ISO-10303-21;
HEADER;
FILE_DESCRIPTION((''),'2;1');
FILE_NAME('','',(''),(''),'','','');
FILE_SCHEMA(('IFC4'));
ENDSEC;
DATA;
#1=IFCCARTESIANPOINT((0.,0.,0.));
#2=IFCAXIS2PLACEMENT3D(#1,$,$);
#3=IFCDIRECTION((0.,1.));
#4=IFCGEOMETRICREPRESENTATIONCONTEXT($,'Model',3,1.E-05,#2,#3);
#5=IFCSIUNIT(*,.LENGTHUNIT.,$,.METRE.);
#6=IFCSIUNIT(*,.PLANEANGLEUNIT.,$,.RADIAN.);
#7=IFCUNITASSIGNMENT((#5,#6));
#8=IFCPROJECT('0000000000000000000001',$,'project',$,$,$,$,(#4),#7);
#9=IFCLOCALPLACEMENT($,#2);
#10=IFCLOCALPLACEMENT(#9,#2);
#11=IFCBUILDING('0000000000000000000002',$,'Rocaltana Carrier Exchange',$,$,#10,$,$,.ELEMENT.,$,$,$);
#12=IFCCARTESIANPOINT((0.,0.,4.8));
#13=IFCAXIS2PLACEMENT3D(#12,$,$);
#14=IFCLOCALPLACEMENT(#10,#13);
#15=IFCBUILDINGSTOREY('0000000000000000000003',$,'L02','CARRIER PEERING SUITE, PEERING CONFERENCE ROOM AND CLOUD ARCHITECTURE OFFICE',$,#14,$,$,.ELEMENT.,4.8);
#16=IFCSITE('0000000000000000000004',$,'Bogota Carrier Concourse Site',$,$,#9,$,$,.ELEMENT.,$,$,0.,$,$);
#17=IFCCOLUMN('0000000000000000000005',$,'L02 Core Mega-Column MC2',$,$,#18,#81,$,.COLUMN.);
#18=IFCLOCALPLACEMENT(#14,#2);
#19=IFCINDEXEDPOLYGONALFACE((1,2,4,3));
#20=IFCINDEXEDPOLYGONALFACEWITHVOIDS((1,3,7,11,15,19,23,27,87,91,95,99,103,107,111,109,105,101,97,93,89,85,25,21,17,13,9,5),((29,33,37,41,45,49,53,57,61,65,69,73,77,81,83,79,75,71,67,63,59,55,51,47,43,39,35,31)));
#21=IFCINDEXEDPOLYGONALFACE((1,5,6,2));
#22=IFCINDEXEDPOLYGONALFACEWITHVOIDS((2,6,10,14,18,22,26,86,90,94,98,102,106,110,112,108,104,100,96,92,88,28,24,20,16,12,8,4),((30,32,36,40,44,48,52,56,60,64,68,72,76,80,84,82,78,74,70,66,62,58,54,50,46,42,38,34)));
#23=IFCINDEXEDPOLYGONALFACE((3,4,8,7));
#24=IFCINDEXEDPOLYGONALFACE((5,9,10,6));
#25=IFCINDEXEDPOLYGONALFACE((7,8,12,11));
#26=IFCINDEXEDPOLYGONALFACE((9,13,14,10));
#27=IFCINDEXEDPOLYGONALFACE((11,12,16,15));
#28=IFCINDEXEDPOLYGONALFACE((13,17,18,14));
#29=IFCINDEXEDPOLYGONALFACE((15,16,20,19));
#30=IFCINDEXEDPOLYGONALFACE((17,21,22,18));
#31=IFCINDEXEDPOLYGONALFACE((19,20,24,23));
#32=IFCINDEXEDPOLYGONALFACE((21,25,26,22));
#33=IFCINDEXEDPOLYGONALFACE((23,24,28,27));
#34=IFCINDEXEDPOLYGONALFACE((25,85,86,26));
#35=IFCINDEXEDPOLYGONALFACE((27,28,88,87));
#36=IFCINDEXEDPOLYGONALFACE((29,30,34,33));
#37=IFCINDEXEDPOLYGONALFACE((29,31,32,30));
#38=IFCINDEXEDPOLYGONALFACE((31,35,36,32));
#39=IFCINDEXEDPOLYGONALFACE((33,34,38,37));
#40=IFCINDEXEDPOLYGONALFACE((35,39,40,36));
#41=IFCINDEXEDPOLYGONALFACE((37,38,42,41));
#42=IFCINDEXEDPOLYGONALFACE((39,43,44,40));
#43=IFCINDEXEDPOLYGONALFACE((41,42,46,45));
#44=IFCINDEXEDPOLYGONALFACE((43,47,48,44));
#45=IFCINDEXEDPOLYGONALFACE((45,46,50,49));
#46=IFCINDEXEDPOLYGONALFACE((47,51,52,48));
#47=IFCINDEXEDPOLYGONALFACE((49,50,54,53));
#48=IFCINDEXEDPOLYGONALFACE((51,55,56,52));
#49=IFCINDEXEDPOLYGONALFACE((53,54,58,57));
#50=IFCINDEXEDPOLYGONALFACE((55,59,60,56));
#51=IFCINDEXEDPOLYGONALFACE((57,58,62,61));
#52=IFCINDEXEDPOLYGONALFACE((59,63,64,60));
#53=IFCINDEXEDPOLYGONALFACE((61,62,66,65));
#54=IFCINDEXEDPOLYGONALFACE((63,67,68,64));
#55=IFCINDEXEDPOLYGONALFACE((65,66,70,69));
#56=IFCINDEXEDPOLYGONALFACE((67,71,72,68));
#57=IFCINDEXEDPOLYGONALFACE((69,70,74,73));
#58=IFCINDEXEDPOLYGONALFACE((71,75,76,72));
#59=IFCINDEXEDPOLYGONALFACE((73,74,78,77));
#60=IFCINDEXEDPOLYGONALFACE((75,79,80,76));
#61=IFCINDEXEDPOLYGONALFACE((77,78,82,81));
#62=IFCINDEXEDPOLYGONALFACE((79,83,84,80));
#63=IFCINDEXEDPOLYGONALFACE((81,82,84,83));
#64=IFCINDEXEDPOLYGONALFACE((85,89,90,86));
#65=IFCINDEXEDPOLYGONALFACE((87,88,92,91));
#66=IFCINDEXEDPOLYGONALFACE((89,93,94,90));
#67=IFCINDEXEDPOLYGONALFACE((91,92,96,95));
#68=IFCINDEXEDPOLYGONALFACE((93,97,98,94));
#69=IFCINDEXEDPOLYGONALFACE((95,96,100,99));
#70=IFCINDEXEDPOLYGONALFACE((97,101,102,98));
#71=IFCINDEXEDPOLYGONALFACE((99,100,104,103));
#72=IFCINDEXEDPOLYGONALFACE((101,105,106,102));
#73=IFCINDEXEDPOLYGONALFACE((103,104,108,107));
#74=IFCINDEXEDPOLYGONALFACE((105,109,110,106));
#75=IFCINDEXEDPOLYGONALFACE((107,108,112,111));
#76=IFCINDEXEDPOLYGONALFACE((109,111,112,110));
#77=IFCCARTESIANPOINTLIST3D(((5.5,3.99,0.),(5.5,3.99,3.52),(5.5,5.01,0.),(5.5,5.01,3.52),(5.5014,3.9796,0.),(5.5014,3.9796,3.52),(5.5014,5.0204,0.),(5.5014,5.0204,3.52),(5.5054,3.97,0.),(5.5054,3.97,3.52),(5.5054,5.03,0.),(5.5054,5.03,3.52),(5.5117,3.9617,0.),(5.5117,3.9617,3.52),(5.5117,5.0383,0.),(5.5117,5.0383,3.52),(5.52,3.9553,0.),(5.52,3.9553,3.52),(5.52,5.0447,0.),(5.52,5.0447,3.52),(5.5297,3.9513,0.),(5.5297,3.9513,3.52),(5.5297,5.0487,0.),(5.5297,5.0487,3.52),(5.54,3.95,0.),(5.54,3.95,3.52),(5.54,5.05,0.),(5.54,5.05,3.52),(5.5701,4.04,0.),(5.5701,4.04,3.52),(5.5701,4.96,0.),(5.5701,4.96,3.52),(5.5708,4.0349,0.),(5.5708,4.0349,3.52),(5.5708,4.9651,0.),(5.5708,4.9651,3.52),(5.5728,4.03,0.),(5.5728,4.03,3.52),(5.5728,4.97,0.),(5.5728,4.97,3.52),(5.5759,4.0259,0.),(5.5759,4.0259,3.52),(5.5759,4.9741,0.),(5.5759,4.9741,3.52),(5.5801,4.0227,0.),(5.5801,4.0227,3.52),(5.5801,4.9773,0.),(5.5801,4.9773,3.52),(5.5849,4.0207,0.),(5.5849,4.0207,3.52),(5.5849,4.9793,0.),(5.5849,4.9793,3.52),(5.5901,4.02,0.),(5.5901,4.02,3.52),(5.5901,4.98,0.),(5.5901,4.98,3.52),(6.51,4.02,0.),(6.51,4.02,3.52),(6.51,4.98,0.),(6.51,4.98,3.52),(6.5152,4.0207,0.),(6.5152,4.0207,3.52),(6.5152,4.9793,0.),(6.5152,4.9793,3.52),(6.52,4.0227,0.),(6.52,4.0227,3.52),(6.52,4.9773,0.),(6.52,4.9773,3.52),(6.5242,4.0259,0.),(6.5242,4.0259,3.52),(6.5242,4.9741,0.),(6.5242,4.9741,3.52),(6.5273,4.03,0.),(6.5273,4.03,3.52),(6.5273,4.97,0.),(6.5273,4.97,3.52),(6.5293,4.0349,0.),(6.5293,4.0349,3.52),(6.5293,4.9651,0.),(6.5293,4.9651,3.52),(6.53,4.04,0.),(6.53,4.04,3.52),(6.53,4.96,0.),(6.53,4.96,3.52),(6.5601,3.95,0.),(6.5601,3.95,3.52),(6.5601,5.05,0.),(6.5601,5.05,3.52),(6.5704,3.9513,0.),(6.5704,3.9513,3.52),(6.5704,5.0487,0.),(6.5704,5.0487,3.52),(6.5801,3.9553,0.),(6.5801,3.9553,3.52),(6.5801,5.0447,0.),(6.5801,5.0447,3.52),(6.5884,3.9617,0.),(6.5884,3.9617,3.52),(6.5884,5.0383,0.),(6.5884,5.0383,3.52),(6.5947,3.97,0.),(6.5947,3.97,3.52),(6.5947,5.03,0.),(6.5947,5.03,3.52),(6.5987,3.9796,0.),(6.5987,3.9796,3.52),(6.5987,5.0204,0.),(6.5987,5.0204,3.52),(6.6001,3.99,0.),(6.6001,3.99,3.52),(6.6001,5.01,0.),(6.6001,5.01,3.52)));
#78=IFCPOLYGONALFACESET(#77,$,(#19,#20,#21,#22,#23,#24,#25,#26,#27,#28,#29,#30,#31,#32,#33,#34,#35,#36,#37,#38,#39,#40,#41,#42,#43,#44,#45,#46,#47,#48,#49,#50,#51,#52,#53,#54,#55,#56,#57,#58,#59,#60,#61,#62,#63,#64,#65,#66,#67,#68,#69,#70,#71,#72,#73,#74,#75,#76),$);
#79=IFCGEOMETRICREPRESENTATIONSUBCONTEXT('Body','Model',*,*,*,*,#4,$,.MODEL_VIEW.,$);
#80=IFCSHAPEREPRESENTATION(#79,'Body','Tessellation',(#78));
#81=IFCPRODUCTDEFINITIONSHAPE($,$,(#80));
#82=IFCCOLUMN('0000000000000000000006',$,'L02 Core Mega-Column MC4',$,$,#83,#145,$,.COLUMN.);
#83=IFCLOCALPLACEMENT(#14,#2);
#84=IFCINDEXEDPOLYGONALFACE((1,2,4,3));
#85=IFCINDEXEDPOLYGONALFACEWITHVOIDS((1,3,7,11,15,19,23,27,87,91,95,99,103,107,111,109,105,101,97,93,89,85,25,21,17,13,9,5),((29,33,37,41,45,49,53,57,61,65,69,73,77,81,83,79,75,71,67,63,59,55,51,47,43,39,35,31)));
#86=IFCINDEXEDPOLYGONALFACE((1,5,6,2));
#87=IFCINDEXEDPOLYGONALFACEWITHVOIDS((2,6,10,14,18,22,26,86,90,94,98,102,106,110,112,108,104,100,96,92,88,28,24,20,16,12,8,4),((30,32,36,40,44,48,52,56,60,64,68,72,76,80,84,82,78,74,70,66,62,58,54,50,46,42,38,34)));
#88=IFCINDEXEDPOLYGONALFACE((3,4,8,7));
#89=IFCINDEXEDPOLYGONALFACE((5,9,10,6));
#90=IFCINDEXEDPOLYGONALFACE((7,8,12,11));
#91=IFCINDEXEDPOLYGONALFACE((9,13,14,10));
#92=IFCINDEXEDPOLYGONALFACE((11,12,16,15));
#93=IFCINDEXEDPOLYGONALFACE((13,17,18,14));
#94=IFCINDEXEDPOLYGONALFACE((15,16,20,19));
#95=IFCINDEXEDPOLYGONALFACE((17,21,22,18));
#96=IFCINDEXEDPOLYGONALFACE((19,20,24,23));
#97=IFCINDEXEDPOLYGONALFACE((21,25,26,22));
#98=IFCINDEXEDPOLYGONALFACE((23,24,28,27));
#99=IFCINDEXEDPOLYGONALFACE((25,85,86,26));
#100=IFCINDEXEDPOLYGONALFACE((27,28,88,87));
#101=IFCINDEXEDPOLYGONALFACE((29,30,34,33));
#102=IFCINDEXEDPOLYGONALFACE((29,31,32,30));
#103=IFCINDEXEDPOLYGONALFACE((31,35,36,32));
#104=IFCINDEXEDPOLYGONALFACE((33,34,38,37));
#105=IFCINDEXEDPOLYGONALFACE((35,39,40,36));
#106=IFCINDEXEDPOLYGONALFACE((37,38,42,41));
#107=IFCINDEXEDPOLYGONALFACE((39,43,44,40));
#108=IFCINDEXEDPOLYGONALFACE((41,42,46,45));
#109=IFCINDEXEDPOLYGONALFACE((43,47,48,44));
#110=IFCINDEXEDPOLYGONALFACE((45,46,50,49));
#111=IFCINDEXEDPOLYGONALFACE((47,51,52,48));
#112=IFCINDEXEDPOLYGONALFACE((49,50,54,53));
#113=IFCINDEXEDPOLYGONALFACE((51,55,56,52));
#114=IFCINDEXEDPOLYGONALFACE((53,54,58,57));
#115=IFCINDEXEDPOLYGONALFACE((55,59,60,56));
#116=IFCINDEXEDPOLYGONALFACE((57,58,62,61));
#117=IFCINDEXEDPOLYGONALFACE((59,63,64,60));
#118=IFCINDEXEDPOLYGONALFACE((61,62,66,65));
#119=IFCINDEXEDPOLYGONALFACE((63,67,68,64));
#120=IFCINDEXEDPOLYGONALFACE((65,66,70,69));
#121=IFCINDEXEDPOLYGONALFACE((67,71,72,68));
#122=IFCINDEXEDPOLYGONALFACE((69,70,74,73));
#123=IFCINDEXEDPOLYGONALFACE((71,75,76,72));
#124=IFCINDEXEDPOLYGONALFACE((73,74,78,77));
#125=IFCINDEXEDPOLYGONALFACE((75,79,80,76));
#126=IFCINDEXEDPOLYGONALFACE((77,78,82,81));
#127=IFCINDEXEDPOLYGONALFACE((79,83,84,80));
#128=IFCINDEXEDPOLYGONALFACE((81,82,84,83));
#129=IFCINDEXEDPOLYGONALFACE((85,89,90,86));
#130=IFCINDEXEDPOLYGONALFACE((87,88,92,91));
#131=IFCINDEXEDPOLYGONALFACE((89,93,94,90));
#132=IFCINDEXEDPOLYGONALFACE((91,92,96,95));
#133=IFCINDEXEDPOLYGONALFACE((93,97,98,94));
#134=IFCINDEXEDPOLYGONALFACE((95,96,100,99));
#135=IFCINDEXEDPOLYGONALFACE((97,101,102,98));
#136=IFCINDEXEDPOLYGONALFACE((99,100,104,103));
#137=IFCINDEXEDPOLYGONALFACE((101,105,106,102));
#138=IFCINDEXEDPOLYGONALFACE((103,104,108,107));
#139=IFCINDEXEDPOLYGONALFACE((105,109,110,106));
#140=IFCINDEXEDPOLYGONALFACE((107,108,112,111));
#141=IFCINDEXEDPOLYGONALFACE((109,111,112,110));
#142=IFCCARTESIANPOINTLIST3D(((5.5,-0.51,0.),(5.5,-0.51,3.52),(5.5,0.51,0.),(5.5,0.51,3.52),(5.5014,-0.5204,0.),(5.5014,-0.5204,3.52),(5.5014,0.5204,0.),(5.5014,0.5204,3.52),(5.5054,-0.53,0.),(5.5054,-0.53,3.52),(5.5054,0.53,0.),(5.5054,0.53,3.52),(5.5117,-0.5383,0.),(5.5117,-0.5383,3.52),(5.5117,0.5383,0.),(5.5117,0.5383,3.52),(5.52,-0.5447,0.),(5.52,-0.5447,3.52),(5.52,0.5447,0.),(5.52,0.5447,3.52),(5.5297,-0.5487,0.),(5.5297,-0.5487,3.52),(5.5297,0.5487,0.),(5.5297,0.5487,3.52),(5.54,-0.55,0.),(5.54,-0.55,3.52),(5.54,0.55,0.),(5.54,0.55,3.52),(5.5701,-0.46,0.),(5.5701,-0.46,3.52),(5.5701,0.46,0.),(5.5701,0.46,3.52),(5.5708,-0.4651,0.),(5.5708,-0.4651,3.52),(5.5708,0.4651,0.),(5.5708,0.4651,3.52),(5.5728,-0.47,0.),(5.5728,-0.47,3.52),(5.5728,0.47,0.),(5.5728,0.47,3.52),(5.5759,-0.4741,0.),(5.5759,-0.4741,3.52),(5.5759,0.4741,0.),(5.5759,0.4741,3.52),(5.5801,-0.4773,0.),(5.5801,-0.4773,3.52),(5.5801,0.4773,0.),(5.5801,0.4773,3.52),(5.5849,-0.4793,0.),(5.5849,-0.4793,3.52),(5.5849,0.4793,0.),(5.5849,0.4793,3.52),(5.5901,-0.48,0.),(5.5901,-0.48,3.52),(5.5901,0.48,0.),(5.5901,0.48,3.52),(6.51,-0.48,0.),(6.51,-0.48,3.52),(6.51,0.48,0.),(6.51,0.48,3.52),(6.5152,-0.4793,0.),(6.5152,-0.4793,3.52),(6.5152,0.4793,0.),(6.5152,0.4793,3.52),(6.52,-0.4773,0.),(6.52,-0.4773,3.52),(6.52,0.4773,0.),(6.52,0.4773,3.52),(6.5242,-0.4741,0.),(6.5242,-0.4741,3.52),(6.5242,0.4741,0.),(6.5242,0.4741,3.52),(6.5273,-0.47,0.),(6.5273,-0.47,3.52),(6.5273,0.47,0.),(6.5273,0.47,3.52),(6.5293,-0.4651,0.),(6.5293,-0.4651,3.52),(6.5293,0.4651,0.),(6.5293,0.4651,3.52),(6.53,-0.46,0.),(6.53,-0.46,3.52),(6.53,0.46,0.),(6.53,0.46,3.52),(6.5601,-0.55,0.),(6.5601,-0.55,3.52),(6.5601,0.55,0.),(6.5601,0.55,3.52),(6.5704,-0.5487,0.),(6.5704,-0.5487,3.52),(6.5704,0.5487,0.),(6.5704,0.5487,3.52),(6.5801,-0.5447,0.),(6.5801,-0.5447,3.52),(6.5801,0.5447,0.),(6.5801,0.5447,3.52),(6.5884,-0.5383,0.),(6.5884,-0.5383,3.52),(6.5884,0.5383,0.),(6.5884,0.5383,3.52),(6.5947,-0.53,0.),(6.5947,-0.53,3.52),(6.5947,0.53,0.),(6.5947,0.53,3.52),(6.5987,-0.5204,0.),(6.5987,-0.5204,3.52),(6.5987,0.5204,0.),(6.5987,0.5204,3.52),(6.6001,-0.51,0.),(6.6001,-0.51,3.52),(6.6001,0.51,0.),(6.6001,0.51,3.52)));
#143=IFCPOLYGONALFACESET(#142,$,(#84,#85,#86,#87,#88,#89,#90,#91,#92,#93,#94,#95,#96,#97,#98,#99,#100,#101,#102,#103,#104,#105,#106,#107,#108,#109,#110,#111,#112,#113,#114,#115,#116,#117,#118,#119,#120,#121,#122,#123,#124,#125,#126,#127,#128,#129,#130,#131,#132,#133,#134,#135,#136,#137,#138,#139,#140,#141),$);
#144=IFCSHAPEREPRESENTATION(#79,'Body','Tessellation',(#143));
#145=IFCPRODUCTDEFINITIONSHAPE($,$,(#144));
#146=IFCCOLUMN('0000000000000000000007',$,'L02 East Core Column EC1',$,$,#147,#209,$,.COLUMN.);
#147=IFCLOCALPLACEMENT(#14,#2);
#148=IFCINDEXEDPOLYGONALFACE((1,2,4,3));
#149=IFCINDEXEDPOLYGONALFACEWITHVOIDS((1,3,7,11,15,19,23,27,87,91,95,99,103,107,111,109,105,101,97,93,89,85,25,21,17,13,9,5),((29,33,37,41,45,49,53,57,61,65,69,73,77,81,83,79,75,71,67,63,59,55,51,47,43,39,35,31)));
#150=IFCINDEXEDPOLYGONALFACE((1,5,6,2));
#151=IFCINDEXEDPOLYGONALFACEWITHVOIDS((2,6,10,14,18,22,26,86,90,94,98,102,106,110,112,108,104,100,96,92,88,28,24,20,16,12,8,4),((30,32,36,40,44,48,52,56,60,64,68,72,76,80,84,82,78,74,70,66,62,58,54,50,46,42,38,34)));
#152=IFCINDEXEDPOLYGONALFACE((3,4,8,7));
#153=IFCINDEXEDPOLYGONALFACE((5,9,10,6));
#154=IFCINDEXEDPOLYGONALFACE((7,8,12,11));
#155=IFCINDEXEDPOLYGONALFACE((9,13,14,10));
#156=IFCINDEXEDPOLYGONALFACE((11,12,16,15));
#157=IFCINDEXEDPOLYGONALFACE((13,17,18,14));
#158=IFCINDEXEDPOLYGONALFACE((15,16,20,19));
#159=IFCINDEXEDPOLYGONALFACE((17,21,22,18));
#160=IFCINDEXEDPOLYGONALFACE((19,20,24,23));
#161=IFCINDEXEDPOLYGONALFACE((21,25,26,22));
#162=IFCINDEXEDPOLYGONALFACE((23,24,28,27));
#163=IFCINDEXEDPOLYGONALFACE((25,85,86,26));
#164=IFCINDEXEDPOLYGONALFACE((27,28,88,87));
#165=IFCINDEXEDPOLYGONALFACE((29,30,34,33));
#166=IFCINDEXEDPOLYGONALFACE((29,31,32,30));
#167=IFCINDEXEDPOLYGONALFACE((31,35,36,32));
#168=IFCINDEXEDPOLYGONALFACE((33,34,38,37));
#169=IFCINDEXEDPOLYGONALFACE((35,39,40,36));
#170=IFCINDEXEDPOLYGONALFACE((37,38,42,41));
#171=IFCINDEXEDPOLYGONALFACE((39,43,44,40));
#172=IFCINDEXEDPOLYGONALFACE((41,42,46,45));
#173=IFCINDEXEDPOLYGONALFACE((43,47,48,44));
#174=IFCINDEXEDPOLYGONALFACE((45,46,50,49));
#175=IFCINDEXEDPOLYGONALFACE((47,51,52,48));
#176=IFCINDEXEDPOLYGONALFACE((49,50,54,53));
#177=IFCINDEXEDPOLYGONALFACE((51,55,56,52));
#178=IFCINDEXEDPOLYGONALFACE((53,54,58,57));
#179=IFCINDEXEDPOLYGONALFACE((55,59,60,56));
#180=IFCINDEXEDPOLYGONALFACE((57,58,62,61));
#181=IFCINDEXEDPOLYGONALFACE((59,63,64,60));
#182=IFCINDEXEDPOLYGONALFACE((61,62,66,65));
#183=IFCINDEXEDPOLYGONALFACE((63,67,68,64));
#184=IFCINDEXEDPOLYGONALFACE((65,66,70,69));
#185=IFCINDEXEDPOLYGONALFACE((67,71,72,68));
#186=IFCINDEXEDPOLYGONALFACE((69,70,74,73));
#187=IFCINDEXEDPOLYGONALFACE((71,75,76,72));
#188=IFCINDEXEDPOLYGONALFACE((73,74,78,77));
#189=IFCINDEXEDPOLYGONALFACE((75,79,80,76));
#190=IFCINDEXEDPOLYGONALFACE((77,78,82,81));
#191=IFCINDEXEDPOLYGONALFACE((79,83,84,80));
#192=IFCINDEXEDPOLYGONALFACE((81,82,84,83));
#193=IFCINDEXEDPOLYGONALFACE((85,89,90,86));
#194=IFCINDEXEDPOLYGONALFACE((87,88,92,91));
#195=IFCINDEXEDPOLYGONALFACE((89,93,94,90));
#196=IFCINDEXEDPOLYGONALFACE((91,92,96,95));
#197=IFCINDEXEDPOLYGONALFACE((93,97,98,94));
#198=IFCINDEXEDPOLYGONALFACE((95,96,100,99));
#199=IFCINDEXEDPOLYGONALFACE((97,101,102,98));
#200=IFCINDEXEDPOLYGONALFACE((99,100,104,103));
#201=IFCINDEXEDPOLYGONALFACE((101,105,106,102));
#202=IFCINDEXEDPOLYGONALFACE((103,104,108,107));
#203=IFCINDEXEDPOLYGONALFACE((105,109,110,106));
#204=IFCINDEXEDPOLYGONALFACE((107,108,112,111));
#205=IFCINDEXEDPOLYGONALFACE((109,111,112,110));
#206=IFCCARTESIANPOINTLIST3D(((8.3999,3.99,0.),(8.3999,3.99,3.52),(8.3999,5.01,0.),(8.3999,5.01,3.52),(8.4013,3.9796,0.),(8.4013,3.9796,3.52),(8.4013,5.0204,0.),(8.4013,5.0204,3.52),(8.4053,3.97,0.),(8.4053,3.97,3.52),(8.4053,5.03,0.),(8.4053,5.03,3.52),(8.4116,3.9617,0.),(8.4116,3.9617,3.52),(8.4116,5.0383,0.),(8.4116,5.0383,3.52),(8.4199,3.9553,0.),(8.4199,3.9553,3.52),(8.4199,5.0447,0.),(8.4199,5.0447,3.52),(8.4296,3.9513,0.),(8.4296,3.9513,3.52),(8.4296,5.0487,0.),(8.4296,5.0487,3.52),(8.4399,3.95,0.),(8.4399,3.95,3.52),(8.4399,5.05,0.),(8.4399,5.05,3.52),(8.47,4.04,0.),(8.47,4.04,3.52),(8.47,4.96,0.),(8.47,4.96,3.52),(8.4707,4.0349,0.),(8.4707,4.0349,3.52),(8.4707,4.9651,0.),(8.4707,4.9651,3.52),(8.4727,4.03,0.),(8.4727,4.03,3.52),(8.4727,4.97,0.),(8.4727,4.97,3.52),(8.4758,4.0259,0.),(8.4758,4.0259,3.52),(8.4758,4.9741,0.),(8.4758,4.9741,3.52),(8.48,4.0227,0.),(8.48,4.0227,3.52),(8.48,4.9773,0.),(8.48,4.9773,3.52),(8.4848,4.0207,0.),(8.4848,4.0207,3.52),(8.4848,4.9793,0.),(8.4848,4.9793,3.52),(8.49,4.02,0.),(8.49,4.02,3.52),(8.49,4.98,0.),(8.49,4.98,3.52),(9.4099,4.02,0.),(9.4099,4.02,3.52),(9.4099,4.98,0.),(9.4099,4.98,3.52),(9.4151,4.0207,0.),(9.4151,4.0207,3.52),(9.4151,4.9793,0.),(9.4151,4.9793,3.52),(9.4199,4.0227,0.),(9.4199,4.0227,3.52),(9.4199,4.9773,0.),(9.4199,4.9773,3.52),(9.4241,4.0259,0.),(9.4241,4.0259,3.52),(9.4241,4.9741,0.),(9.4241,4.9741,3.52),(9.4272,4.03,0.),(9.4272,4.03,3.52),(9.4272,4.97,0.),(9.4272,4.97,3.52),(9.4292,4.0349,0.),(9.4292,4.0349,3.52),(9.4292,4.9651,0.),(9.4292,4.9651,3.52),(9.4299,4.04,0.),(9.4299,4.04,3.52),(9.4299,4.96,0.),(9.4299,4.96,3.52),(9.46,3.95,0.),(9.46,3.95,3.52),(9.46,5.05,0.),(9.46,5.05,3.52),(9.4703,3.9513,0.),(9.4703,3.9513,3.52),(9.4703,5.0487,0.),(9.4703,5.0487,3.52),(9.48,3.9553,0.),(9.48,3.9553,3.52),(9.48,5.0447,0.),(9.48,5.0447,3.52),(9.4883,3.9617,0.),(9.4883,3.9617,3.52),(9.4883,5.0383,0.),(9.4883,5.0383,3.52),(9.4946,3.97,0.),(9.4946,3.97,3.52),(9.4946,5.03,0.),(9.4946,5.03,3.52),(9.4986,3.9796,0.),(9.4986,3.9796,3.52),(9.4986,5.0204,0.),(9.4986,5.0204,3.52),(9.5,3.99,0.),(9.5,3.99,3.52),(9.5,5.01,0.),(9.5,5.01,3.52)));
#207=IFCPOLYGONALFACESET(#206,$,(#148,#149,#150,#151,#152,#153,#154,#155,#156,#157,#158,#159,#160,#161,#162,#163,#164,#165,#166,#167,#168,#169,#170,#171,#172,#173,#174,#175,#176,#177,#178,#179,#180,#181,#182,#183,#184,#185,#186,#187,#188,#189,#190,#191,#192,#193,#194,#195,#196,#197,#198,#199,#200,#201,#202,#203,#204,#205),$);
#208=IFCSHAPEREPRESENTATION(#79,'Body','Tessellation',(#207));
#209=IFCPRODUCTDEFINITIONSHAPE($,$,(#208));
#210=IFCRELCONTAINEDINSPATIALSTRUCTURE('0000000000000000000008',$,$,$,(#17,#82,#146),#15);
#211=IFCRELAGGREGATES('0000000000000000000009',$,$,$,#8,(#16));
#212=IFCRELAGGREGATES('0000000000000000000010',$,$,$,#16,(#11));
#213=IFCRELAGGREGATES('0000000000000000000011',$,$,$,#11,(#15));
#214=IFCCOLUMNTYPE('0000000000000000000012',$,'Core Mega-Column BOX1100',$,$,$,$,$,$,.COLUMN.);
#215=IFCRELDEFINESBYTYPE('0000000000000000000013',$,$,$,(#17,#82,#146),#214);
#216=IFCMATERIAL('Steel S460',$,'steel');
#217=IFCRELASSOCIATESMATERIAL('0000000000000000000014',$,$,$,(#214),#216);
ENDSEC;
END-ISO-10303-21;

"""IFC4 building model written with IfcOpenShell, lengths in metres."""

from ifc_helpers import new_model, si_unit, direction, frame, origin, origin_2d, place, context, subcontext, project, spatial, hollow_rectangle, extrude, material, material_profile, profile_set, type_object, element, save


model = new_model("IFC4")

# Units and contexts
model_context = context("Model", 3, precision=1e-05, world=origin(), true_north=direction((0.0, 1.0)))
body_context = subcontext(model_context, "Body", "Model", "MODEL_VIEW")
ifc_project = project(units=[si_unit("LENGTHUNIT", "METRE"), si_unit("PLANEANGLEUNIT", "RADIAN")], contexts=[model_context])

# Site, building, storey
site_placement = place(None, origin())
site = spatial("IfcSite", under=ifc_project, at=site_placement, Name="Bogota Carrier Concourse Site", CompositionType="ELEMENT", RefElevation=0.0)
building_placement = place(site_placement, origin())
building = spatial("IfcBuilding", under=site, at=building_placement, Name="Rocaltana Carrier Exchange", CompositionType="ELEMENT")
storey_placement = place(building_placement, frame((0.0, 0.0, 4.8)))
storey = spatial("IfcBuildingStorey", under=building, at=storey_placement, Name="L02", Description="CARRIER PEERING SUITE, PEERING CONFERENCE ROOM AND CLOUD ARCHITECTURE OFFICE", CompositionType="ELEMENT", Elevation=4.8)

# Columns
ifc_material_1 = material(Name="Steel S460", Category="steel")
ifc_material_profile_1 = material_profile(ifc_material_1, hollow_rectangle(XDim=1.1001, YDim=1.1001, WallThickness=0.0701, InnerFilletRadius=0.02, OuterFilletRadius=0.04, at=origin_2d()), Name="BOX1100X1100X70")
ifc_profile_set_1 = profile_set([ifc_material_profile_1], Name="Steel S460")
column_type = type_object("IfcColumnType", Name="Core Mega-Column BOX1100", PredefinedType="COLUMN", material=ifc_profile_set_1)
for number, where, z_axis, x_axis, name in (
    (1, (6.05, 4.5, 0.0), (0.0, 0.0, 1.0), (1.0, 0.0, 0.0), "L02 Core Mega-Column MC2"),
    (2, (6.05, 0.0, 0.0), (0.0, 0.0, 1.0), (1.0, 0.0, 0.0), "L02 Core Mega-Column MC4"),
    (3, (8.95, 4.5, 0.0), (0.0, 0.0, 1.0), (1.0, 0.0, 0.0), "L02 East Core Column EC1"),
):
    element("IfcColumn", number, at=place(storey_placement, frame(where, z_axis=z_axis, x_axis=x_axis)), inside=storey, type_object=column_type, Name=name, PredefinedType="COLUMN", context=body_context, shape_type="SweptSolid", body=[
        extrude(hollow_rectangle(XDim=1.1001, YDim=1.1001, WallThickness=0.0701, InnerFilletRadius=0.02, OuterFilletRadius=0.04, at=origin_2d()), origin(), (0.0, 0.0, 1.0), 3.52),
    ])

save(model, "model.ifc")
